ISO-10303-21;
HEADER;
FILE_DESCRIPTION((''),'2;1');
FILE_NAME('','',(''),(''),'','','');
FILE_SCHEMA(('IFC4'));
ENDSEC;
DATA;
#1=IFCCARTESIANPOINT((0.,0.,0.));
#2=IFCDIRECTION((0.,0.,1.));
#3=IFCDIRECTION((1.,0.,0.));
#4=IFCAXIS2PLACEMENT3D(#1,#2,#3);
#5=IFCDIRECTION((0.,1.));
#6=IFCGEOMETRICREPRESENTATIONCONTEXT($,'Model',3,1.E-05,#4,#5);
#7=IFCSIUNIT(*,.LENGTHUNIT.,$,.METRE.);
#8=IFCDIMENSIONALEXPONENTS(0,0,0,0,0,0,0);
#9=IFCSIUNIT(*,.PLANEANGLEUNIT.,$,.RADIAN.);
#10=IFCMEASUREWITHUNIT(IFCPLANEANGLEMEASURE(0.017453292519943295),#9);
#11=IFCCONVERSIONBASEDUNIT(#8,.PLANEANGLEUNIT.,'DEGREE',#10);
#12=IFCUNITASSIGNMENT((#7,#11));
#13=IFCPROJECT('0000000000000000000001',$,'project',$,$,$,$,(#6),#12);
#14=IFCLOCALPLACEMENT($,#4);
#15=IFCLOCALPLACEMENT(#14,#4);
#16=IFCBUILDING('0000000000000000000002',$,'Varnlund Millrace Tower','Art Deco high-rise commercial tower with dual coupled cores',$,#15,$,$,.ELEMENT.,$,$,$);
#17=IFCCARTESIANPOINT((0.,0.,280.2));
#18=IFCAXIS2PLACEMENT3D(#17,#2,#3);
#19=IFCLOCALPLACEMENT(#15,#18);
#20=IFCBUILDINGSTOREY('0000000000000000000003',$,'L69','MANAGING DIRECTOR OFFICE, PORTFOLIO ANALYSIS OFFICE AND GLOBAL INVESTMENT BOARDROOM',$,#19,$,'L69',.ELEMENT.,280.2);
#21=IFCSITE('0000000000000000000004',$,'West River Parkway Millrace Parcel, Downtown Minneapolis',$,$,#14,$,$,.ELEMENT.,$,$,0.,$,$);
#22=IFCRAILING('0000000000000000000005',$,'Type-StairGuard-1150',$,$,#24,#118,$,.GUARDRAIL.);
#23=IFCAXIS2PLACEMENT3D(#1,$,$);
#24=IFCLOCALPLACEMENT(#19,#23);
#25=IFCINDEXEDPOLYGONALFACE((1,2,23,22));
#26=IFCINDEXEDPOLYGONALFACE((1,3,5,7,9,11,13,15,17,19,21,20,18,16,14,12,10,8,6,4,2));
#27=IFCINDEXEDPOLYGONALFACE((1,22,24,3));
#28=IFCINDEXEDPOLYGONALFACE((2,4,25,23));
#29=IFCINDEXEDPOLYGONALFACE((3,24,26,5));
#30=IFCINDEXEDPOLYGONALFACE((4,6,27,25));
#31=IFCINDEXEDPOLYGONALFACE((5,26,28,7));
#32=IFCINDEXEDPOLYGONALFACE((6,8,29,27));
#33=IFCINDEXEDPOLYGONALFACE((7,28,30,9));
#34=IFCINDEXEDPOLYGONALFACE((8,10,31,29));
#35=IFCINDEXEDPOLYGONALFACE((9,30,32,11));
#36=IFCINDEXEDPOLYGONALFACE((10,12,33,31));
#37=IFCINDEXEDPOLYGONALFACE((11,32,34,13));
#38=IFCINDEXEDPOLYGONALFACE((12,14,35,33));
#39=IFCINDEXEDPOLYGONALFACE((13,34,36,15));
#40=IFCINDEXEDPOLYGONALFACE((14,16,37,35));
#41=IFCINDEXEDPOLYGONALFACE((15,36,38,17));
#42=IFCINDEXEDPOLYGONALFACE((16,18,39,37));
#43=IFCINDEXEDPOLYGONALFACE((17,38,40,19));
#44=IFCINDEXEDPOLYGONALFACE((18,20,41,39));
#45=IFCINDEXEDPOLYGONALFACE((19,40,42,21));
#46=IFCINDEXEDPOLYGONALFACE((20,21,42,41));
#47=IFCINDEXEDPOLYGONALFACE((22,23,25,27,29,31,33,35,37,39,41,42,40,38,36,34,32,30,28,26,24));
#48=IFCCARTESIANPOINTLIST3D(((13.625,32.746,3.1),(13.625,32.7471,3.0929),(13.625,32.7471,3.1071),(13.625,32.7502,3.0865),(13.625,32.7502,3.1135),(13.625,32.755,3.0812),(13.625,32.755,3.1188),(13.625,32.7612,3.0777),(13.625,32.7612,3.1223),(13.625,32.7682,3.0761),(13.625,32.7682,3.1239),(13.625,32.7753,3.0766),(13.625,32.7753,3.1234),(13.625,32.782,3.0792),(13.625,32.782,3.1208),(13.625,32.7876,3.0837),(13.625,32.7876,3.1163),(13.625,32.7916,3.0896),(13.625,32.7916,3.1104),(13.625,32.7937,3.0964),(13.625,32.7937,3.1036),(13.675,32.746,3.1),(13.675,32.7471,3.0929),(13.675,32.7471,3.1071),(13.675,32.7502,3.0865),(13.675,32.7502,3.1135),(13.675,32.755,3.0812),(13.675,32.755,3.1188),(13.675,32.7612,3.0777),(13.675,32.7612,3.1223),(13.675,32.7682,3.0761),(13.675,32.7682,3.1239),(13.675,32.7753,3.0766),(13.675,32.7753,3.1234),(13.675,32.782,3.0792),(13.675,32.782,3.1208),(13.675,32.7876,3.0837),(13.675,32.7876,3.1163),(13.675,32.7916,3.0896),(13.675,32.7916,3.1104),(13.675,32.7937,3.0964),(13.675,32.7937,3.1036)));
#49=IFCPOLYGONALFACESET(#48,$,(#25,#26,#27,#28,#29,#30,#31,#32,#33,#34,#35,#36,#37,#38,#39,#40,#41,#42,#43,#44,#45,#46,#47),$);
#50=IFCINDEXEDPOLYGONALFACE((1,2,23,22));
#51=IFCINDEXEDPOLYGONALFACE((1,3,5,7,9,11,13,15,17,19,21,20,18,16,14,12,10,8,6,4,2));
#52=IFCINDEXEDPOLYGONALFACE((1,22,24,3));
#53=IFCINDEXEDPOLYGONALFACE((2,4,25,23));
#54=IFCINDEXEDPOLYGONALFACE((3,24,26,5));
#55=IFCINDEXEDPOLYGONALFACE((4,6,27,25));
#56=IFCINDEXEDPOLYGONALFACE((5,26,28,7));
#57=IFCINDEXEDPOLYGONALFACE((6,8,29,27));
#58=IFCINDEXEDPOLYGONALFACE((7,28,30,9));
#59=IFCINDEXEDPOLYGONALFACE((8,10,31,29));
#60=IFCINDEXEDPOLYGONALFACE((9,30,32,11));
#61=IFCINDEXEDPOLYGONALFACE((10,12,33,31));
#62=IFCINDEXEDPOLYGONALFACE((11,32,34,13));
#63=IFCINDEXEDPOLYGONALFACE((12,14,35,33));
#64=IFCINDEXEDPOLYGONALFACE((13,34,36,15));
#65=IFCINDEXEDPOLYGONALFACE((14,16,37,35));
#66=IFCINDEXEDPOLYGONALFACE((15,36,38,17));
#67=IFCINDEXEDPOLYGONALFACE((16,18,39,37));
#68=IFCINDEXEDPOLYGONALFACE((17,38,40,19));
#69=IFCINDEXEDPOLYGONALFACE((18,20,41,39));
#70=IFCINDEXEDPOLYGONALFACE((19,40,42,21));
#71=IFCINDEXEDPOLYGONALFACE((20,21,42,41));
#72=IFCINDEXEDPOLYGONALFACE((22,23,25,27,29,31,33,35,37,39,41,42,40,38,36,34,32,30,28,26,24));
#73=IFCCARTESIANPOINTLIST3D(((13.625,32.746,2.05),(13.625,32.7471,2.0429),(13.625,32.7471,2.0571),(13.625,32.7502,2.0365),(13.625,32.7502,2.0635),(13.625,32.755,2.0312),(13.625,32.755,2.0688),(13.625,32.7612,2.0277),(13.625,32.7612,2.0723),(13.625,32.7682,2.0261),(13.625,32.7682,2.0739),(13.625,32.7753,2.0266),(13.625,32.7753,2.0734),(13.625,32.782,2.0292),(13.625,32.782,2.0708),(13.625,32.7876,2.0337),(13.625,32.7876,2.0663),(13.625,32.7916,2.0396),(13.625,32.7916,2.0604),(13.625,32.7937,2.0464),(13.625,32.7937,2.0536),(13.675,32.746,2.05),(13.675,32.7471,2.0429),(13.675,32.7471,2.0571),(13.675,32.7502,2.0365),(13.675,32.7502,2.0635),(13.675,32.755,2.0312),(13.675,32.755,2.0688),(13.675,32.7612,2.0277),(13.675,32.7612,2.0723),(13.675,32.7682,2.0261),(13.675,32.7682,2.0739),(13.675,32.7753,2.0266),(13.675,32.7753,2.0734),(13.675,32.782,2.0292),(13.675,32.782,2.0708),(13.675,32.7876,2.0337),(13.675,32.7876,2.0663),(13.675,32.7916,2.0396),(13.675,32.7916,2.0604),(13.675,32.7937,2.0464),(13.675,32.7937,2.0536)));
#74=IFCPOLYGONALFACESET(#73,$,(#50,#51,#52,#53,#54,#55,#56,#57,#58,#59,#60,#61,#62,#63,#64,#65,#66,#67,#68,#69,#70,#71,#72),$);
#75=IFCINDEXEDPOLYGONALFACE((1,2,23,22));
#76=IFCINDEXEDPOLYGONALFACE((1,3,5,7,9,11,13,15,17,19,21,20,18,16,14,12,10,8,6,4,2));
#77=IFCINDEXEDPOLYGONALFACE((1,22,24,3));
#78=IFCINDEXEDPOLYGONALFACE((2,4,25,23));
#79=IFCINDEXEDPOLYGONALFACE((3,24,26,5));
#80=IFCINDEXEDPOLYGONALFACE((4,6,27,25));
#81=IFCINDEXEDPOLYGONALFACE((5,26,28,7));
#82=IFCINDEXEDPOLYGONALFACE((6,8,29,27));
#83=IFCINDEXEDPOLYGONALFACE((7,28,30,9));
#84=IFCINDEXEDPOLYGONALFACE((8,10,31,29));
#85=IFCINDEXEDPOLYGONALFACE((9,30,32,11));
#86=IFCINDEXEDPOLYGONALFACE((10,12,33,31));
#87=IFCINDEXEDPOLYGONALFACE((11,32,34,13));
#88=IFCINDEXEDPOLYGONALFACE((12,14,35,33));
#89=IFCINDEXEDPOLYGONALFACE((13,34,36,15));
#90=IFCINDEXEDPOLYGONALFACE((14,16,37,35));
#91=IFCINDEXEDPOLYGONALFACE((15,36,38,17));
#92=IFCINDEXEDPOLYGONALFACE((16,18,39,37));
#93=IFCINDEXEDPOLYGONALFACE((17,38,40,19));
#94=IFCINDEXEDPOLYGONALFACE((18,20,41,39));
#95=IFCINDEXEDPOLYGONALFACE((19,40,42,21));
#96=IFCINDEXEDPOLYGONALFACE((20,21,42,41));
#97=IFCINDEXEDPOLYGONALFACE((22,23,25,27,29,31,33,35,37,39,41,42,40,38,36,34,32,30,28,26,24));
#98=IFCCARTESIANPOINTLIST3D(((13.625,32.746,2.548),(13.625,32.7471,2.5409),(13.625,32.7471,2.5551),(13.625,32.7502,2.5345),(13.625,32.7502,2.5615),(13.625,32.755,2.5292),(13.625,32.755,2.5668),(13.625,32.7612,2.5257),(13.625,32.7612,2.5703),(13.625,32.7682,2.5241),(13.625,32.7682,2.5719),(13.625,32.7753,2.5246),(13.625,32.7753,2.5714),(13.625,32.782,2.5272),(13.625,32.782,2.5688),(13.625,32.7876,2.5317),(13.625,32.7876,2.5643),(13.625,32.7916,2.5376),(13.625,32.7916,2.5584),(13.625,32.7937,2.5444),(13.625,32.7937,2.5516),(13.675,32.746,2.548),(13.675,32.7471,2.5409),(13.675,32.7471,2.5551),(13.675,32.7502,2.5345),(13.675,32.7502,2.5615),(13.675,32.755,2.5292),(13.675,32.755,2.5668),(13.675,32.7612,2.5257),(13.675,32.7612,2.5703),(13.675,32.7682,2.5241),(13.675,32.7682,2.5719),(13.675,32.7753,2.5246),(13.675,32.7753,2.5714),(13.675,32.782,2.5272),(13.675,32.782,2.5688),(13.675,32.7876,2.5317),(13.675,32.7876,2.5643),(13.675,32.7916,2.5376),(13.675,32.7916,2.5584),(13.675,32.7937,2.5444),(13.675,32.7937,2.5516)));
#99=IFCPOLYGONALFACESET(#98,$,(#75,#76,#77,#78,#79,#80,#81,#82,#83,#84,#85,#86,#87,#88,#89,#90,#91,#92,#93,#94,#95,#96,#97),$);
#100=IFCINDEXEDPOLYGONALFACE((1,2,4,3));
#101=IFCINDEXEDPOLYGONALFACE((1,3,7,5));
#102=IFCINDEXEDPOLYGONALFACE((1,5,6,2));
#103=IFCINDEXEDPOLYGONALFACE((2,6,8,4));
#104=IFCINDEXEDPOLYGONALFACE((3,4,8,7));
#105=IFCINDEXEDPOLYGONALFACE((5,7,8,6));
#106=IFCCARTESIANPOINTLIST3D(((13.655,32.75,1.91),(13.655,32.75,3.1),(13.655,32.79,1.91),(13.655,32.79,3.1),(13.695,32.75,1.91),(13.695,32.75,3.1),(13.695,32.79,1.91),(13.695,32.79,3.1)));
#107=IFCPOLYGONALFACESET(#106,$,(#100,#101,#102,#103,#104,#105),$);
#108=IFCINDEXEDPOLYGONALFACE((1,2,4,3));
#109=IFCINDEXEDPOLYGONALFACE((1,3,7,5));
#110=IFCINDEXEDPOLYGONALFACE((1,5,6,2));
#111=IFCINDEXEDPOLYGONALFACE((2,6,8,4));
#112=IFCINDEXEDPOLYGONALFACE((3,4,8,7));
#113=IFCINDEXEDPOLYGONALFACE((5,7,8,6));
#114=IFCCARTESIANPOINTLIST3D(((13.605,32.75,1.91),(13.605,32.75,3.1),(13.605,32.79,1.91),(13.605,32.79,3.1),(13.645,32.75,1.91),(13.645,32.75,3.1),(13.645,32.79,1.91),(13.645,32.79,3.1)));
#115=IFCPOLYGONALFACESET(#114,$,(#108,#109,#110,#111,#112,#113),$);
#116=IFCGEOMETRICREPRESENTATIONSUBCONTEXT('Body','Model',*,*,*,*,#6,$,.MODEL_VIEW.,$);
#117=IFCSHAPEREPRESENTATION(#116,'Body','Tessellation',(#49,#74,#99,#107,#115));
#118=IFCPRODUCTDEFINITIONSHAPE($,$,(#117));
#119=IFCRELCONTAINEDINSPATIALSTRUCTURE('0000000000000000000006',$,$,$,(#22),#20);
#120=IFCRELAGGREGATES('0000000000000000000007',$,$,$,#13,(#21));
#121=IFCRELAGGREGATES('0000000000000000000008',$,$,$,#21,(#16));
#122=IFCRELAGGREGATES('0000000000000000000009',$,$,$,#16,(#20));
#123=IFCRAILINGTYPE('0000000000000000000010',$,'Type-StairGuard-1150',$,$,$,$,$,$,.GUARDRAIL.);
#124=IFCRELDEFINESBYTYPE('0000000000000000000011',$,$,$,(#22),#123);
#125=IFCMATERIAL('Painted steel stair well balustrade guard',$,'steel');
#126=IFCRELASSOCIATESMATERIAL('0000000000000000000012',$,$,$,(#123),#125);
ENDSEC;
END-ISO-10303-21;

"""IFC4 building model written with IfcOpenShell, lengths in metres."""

from ifc_helpers import new_model, entity, si_unit, converted_unit, direction, frame, origin_with_axes, origin_2d_with_axis, place, context, subcontext, project, spatial, rectangle, circle, extrude, material, type_object, element, save


model = new_model("IFC4")

# Units and contexts
model_context = context("Model", 3, precision=1e-05, world=origin_with_axes(), true_north=direction((0.0, 1.0)))
body_context = subcontext(model_context, "Body", "Model", "MODEL_VIEW")
ifc_project = project(units=[si_unit("LENGTHUNIT", "METRE"), converted_unit("PLANEANGLEUNIT", "DEGREE", entity("IfcPlaneAngleMeasure", 0.017453292519943295), si_unit("PLANEANGLEUNIT", "RADIAN"), dimensions=[0, 0, 0, 0, 0, 0, 0])], contexts=[model_context])

# Site, building, storey
site_placement = place(None, origin_with_axes())
site = spatial("IfcSite", under=ifc_project, at=site_placement, Name="West River Parkway Millrace Parcel, Downtown Minneapolis", CompositionType="ELEMENT", RefElevation=0.0)
building_placement = place(site_placement, origin_with_axes())
building = spatial("IfcBuilding", under=site, at=building_placement, Name="Varnlund Millrace Tower", Description="Art Deco high-rise commercial tower with dual coupled cores", CompositionType="ELEMENT")
storey_placement = place(building_placement, frame((0.0, 0.0, 280.2), z_axis=(0.0, 0.0, 1.0), x_axis=(1.0, 0.0, 0.0)))
storey = spatial("IfcBuildingStorey", under=building, at=storey_placement, Name="L69", Description="MANAGING DIRECTOR OFFICE, PORTFOLIO ANALYSIS OFFICE AND GLOBAL INVESTMENT BOARDROOM", LongName="L69", CompositionType="ELEMENT", Elevation=280.2)

# Railing
ifc_material_1 = material(Name="Painted steel stair well balustrade guard", Category="steel")
railing_type_1 = type_object("IfcRailingType", Name="Type-StairGuard-1150", PredefinedType="GUARDRAIL", material=ifc_material_1)
railing_1_placement = place(storey_placement, frame((0.0, 0.0, -280.2), z_axis=(0.0, 0.0, 1.0), x_axis=(1.0, 0.0, 0.0)))
element("IfcRailing", 1, at=railing_1_placement, inside=storey, type_object=railing_type_1, Name="Type-StairGuard-1150", PredefinedType="GUARDRAIL", context=body_context, shape_type="SweptSolid", body=[
    extrude(circle(Radius=0.024, at=origin_2d_with_axis()), frame((13.675, 32.77, 283.3), z_axis=(-1.0, 0.0, 0.0), x_axis=(0.0, -1.0, 0.0)), (0.0, 0.0, 1.0), 0.05),
    extrude(circle(Radius=0.024, at=origin_2d_with_axis()), frame((13.675, 32.77, 282.25), z_axis=(-1.0, 0.0, 0.0), x_axis=(0.0, -1.0, 0.0)), (0.0, 0.0, 1.0), 0.05),
    extrude(circle(Radius=0.024, at=origin_2d_with_axis()), frame((13.675, 32.77, 282.748), z_axis=(-1.0, 0.0, 0.0), x_axis=(0.0, -1.0, 0.0)), (0.0, 0.0, 1.0), 0.05),
    extrude(rectangle(XDim=0.04, YDim=0.04, at=origin_2d_with_axis()), frame((13.675, 32.77, 282.11), z_axis=(0.0, 0.0, 1.0), x_axis=(1.0, 0.0, 0.0)), (0.0, 0.0, 1.0), 1.19),
    extrude(rectangle(XDim=0.04, YDim=0.04, at=origin_2d_with_axis()), frame((13.625, 32.77, 282.11), z_axis=(0.0, 0.0, 1.0), x_axis=(1.0, 0.0, 0.0)), (0.0, 0.0, 1.0), 1.19),
])

save(model, "model.ifc")
